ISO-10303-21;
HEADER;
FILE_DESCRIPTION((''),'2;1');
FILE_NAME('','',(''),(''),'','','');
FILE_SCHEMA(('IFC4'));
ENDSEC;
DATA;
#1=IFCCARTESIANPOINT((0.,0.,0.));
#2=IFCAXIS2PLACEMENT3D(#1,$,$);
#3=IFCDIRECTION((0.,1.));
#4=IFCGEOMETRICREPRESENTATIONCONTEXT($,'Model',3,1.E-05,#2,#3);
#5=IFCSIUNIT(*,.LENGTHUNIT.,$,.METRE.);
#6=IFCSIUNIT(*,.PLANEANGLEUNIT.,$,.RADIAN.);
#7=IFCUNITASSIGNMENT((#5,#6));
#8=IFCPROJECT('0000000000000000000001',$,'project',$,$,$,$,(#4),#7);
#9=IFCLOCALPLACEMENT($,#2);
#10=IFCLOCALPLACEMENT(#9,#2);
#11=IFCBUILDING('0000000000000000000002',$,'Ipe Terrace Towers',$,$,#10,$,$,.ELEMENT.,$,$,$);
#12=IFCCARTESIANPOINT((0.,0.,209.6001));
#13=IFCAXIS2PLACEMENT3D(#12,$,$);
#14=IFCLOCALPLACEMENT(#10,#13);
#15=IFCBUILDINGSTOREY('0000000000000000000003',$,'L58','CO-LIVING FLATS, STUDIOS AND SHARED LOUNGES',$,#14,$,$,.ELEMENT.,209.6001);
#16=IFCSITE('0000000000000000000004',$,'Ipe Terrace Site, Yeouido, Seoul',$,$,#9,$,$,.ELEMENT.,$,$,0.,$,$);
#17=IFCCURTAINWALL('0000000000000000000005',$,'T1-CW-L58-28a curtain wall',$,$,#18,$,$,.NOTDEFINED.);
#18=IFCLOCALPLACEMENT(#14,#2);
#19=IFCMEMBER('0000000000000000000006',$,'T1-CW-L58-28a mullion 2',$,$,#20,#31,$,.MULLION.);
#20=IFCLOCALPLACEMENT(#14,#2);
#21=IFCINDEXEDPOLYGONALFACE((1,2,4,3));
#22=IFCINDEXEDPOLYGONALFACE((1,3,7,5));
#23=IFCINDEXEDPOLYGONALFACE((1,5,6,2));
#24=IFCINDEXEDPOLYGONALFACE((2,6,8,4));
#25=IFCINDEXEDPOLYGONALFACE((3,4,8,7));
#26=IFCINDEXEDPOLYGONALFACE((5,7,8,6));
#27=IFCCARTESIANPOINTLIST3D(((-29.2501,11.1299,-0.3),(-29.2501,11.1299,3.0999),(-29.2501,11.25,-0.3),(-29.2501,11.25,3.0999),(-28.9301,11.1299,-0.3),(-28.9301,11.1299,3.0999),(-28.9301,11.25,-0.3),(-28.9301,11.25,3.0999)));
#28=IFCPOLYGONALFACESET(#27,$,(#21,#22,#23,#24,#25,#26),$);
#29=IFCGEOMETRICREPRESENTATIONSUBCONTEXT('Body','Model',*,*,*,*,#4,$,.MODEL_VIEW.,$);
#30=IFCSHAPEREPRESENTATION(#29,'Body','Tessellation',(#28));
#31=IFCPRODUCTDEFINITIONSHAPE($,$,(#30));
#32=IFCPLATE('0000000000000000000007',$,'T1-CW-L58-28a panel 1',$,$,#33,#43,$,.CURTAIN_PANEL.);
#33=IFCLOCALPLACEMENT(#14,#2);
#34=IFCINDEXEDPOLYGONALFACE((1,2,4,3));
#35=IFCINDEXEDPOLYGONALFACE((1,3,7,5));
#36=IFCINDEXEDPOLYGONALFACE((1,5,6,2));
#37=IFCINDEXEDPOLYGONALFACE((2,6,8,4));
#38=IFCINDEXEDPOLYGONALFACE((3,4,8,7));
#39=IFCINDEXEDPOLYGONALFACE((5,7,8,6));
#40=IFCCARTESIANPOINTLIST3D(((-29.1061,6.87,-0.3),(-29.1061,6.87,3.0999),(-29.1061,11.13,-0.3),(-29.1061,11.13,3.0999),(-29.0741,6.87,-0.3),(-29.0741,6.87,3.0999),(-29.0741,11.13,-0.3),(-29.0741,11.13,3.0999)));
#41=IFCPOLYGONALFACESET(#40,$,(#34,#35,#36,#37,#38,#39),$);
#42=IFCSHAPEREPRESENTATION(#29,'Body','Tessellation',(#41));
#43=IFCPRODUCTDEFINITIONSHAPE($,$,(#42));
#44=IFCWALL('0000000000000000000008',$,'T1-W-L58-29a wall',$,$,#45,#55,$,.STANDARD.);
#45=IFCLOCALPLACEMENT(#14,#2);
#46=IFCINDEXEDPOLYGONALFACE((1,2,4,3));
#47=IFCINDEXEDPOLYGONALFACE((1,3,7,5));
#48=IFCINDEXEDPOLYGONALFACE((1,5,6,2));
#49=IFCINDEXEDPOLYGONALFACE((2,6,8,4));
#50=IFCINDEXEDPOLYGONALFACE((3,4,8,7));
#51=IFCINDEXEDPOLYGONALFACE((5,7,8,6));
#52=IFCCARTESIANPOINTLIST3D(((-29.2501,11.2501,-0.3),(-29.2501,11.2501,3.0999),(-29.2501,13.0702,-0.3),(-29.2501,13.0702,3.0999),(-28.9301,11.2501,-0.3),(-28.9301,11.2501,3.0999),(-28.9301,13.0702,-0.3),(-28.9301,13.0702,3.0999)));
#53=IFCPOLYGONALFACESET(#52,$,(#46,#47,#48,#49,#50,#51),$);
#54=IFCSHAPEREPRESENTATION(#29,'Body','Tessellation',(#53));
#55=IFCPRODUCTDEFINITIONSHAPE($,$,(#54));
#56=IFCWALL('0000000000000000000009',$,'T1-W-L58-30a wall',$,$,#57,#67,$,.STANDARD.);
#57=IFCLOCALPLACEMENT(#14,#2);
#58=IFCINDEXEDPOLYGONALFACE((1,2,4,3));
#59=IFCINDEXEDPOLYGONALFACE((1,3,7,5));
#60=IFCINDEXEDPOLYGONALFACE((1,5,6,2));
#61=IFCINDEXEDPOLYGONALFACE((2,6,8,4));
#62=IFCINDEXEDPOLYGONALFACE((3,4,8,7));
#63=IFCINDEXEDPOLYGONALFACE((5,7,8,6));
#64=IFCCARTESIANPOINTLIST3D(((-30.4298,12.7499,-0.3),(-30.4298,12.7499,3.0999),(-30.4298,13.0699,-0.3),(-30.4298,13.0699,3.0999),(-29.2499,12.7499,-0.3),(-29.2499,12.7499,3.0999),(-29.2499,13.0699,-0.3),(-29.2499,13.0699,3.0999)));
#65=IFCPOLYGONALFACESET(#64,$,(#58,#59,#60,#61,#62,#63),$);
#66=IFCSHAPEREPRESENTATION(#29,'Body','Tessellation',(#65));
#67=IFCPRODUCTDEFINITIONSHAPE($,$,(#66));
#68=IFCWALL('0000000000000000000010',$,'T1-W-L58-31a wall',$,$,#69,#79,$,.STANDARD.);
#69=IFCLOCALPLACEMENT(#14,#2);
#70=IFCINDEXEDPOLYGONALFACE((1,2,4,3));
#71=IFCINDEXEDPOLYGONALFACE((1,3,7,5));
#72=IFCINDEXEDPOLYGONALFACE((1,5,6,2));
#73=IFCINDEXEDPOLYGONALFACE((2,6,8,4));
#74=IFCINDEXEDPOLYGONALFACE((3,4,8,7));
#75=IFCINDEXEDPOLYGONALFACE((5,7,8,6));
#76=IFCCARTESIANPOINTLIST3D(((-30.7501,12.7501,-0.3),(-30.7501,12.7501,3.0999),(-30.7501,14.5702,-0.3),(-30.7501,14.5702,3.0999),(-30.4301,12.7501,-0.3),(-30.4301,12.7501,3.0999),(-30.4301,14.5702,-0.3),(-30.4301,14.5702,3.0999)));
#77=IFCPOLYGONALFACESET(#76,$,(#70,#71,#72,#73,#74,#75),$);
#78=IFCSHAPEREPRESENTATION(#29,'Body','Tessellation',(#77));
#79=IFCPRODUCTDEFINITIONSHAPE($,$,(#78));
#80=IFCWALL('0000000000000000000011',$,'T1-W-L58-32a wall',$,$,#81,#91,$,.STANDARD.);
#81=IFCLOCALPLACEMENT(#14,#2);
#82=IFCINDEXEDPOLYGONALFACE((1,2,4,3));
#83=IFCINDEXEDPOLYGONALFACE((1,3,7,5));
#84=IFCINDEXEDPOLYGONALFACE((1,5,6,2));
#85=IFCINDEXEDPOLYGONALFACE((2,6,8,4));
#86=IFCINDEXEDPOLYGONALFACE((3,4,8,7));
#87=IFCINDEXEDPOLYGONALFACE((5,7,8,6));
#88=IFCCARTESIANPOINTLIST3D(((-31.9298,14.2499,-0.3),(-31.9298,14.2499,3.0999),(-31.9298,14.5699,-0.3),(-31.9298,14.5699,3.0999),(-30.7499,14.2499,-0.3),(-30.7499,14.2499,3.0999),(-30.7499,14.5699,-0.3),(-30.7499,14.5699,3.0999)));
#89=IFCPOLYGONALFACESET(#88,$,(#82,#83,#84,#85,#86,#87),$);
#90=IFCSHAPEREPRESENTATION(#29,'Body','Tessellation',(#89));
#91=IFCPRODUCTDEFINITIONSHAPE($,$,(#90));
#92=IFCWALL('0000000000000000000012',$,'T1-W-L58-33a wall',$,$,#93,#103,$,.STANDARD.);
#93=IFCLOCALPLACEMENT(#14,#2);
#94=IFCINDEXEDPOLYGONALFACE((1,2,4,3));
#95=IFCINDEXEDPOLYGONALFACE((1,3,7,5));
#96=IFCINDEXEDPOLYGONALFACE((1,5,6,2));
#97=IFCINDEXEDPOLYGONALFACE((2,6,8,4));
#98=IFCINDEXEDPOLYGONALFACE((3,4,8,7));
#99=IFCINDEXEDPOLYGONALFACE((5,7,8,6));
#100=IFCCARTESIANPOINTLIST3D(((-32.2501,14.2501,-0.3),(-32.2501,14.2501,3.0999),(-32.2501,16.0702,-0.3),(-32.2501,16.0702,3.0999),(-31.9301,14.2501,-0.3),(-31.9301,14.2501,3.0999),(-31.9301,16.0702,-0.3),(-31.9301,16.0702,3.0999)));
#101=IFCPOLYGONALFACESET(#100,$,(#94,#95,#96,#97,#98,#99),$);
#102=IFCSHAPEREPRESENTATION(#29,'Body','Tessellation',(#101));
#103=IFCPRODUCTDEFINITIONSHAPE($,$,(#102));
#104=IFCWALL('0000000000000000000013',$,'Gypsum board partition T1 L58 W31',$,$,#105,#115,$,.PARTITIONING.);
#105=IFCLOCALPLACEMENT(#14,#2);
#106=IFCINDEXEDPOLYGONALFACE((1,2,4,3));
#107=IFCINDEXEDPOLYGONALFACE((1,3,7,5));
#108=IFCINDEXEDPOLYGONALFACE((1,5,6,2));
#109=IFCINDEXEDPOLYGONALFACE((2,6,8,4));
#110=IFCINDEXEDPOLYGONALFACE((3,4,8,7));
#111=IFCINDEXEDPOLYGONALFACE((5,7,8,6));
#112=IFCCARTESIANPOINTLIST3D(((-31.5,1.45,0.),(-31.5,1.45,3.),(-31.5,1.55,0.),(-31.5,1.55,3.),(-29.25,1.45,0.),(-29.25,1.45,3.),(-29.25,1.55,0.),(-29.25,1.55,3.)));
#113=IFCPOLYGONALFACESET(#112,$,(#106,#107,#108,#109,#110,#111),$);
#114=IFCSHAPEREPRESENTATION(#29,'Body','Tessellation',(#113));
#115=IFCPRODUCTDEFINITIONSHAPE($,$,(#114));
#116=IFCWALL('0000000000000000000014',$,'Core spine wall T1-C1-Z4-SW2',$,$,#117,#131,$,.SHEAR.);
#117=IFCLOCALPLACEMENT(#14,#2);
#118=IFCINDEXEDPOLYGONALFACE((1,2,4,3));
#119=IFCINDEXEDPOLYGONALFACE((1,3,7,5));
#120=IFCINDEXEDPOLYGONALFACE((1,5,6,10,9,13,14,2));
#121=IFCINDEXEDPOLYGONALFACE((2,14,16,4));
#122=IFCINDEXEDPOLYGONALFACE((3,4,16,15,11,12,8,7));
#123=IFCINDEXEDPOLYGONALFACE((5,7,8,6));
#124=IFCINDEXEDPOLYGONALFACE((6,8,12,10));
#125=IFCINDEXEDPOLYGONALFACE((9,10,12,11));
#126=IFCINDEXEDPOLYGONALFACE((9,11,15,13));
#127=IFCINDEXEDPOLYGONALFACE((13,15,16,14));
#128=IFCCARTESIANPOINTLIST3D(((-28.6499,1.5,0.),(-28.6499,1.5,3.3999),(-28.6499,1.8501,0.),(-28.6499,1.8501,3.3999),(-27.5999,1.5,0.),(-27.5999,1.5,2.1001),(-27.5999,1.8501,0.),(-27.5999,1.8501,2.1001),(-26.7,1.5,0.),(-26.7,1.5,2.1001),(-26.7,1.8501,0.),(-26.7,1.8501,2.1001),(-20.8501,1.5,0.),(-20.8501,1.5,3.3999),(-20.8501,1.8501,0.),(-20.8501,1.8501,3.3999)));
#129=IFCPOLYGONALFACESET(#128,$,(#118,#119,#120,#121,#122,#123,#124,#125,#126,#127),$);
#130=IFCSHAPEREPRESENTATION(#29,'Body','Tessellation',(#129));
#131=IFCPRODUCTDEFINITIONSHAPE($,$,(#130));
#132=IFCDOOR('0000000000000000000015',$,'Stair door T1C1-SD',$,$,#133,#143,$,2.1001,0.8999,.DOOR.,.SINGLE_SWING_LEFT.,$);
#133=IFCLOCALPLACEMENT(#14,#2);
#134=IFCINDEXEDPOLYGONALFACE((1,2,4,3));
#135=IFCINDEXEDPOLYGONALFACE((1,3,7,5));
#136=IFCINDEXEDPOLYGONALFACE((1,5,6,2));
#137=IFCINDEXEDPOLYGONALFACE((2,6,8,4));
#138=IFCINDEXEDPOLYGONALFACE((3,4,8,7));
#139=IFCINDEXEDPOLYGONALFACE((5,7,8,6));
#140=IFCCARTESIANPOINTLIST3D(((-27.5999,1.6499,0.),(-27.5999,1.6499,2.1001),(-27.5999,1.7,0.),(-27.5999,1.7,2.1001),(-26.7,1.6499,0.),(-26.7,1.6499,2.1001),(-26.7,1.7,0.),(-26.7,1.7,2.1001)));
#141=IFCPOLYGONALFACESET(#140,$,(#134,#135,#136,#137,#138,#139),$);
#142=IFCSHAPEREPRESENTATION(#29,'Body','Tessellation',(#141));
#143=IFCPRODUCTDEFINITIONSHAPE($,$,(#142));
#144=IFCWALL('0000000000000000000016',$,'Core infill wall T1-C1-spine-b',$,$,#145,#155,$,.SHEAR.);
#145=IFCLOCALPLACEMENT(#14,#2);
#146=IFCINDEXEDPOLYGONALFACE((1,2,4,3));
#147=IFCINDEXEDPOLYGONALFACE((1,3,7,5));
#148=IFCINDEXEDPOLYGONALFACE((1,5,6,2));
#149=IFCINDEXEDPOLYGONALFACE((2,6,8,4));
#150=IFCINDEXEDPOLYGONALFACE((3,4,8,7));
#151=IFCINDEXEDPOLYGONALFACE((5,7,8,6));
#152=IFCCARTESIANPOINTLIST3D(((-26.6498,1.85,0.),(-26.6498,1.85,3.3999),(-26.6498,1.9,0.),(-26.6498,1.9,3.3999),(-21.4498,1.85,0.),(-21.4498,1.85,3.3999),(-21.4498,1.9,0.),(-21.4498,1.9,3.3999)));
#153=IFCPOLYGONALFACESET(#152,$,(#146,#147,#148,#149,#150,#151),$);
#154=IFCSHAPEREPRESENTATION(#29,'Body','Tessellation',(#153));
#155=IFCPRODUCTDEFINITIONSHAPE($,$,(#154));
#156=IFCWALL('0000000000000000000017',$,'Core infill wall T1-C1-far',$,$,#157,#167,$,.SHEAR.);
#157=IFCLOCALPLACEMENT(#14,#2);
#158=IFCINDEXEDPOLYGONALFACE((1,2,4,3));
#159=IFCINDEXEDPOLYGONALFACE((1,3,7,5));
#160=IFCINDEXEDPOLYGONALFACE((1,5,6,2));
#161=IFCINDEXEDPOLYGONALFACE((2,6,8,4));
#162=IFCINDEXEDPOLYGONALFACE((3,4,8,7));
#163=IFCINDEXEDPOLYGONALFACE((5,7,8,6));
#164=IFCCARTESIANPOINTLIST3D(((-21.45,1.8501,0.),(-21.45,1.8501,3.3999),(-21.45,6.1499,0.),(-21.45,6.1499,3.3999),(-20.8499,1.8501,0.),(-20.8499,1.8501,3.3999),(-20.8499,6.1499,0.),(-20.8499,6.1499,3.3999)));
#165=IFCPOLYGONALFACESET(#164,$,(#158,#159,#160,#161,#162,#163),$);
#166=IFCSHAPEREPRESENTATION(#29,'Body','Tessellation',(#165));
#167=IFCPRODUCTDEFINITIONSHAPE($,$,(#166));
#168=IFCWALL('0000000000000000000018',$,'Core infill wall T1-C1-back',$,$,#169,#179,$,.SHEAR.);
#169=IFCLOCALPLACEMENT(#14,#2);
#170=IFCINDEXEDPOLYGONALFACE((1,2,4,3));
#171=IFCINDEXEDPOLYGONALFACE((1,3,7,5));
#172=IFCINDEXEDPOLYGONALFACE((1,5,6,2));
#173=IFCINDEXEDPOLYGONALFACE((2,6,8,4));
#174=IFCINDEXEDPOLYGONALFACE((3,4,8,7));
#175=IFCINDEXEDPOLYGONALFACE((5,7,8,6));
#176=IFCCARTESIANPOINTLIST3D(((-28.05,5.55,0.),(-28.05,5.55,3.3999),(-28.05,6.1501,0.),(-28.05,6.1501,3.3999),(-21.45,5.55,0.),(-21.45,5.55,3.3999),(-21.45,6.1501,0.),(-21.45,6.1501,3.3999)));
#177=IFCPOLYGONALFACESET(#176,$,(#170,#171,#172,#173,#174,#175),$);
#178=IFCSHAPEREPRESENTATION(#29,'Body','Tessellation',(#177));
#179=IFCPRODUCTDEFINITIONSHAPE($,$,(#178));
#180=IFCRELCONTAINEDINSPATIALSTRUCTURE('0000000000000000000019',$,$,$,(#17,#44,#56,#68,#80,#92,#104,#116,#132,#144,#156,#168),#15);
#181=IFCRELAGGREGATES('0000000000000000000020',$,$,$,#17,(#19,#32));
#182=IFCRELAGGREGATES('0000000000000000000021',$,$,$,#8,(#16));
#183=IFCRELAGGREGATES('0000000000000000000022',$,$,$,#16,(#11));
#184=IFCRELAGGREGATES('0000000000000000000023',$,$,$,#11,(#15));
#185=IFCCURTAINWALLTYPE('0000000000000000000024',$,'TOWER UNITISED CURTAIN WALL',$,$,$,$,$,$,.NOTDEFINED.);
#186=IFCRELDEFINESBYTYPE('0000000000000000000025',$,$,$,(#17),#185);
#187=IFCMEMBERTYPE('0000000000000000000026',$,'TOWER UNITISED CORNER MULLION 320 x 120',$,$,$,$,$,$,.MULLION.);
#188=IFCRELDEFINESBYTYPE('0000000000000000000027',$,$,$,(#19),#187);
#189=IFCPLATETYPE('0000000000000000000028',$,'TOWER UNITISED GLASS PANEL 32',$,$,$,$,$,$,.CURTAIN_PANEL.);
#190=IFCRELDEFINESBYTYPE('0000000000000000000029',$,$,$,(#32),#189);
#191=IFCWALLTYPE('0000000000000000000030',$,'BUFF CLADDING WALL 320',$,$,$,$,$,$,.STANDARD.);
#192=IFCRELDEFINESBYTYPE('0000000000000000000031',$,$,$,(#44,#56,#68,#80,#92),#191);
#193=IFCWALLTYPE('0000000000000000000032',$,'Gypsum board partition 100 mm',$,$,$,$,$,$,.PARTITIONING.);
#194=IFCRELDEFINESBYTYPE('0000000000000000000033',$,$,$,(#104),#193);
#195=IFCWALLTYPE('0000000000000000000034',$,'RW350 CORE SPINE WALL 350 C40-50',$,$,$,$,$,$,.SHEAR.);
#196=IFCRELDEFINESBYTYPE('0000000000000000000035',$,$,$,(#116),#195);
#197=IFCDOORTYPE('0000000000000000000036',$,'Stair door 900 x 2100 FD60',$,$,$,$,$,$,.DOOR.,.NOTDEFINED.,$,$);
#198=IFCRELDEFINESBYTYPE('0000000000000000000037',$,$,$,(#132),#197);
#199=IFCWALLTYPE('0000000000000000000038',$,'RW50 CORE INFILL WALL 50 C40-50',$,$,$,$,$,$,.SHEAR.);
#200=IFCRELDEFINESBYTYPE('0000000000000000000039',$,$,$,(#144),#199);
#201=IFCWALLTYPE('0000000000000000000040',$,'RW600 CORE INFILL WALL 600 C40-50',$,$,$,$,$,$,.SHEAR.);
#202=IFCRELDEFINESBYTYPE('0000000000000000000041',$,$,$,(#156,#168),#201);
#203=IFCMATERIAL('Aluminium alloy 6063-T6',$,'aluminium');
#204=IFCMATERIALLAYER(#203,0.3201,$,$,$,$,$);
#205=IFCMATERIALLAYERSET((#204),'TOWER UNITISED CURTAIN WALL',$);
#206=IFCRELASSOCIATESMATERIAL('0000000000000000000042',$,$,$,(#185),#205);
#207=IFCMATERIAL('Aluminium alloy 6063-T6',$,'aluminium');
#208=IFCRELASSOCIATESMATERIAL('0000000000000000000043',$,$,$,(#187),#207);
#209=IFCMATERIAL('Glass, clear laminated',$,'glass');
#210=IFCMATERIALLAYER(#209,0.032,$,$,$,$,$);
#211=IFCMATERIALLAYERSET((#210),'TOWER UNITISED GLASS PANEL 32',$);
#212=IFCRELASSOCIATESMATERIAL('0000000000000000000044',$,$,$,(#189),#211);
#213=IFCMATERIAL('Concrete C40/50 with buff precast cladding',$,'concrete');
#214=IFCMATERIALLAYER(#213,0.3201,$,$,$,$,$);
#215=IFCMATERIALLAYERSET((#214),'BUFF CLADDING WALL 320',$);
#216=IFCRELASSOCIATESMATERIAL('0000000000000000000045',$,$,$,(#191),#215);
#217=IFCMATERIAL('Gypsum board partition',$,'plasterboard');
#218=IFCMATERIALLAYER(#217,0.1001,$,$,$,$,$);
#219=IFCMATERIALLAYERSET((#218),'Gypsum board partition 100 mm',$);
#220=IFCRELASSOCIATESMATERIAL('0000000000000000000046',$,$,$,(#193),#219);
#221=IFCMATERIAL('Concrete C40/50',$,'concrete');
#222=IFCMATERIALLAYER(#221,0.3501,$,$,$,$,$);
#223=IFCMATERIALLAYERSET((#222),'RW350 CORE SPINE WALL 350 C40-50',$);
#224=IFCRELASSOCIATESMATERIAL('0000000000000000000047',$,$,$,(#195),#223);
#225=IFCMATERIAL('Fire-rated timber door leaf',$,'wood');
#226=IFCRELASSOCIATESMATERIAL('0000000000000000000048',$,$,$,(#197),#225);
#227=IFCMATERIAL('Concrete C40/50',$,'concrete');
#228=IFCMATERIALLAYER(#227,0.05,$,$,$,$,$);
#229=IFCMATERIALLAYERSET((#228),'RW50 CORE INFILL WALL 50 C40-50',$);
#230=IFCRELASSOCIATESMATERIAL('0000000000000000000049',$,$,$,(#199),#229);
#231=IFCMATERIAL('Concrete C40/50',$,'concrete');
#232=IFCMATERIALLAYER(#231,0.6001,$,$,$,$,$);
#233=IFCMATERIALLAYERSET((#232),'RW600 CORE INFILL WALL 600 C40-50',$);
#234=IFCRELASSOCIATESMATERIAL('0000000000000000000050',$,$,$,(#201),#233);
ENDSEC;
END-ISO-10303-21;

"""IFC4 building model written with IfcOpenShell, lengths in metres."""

from ifc_helpers import new_model, si_unit, direction, frame, frame_2d, origin, origin_2d, place, context, subcontext, project, spatial, rectangle, extrude, material, layer, layer_set, material_profile, profile_set, type_object, element, fill, aggregate, save


model = new_model("IFC4")

# Units and contexts
model_context = context("Model", 3, precision=1e-05, world=origin(), true_north=direction((0.0, 1.0)))
body_context = subcontext(model_context, "Body", "Model", "MODEL_VIEW")
ifc_project = project(units=[si_unit("LENGTHUNIT", "METRE"), si_unit("PLANEANGLEUNIT", "RADIAN")], contexts=[model_context])

# Site, building, storey
site_placement = place(None, origin())
site = spatial("IfcSite", under=ifc_project, at=site_placement, Name="Ipe Terrace Site, Yeouido, Seoul", CompositionType="ELEMENT", RefElevation=0.0)
building_placement = place(site_placement, origin())
building = spatial("IfcBuilding", under=site, at=building_placement, Name="Ipe Terrace Towers", CompositionType="ELEMENT")
storey_placement = place(building_placement, frame((0.0, 0.0, 209.6001)))
storey = spatial("IfcBuildingStorey", under=building, at=storey_placement, Name="L58", Description="CO-LIVING FLATS, STUDIOS AND SHARED LOUNGES", CompositionType="ELEMENT", Elevation=209.6001)

# Curtain wall, member, plate
ifc_material_1 = material(Name="Aluminium alloy 6063-T6", Category="aluminium")
ifc_layer_1 = layer(ifc_material_1, 0.3201)
ifc_layer_set_1 = layer_set([ifc_layer_1], Name="TOWER UNITISED CURTAIN WALL")
curtain_wall_type = type_object("IfcCurtainWallType", Name="TOWER UNITISED CURTAIN WALL", PredefinedType="NOTDEFINED", material=ifc_layer_set_1)
curtain_wall_placement = place(storey_placement, origin())
curtain_wall = element("IfcCurtainWall", 1, at=curtain_wall_placement, inside=storey, type_object=curtain_wall_type, Name="T1-CW-L58-28a curtain wall", PredefinedType="NOTDEFINED")
ifc_material_2 = material(Name="Aluminium alloy 6063-T6", Category="aluminium")
ifc_material_profile_1 = material_profile(ifc_material_2, rectangle(XDim=0.3201, YDim=0.1201, at=origin_2d()), Name="TOWER UNITISED CORNER MULLION 320 x 120")
ifc_profile_set_1 = profile_set([ifc_material_profile_1], Name="Aluminium alloy 6063-T6")
member_type = type_object("IfcMemberType", Name="TOWER UNITISED CORNER MULLION 320 x 120", PredefinedType="MULLION", material=ifc_profile_set_1)
member_1_placement = place(storey_placement, frame((-29.0901, 11.1899, -0.3), z_axis=(0.0, 0.0, 1.0), x_axis=(1.0, 0.0, 0.0)))
member_1 = element("IfcMember", 2, at=member_1_placement, type_object=member_type, Name="T1-CW-L58-28a mullion 2", PredefinedType="MULLION", context=body_context, shape_type="SweptSolid", body=[
    extrude(rectangle(XDim=0.3201, YDim=0.1201, at=origin_2d()), origin(), (0.0, 0.0, 1.0), 3.3999),
])
ifc_material_3 = material(Name="Glass, clear laminated", Category="glass")
ifc_layer_2 = layer(ifc_material_3, 0.032)
ifc_layer_set_2 = layer_set([ifc_layer_2], Name="TOWER UNITISED GLASS PANEL 32")
plate_type = type_object("IfcPlateType", Name="TOWER UNITISED GLASS PANEL 32", PredefinedType="CURTAIN_PANEL", material=ifc_layer_set_2)
plate_placement = place(storey_placement, frame((-29.0901, 9.0, -0.3), z_axis=(0.0, 0.0, 1.0), x_axis=(0.0, 1.0, 0.0)))
plate = element("IfcPlate", 3, at=plate_placement, type_object=plate_type, Name="T1-CW-L58-28a panel 1", PredefinedType="CURTAIN_PANEL", context=body_context, shape_type="SweptSolid", body=[
    extrude(rectangle(XDim=4.26, YDim=0.032, at=origin_2d()), origin(), (0.0, 0.0, 1.0), 3.3999),
])
aggregate(curtain_wall, [member_1, plate])

# Walls
ifc_material_4 = material(Name="Concrete C40/50 with buff precast cladding", Category="concrete")
ifc_layer_3 = layer(ifc_material_4, 0.3201)
ifc_layer_set_3 = layer_set([ifc_layer_3], Name="BUFF CLADDING WALL 320")
wall_type_1 = type_object("IfcWallType", Name="BUFF CLADDING WALL 320", PredefinedType="STANDARD", material=ifc_layer_set_3)
wall_1_placement = place(storey_placement, frame((-29.0901, 11.25, -0.3), z_axis=(0.0, 0.0, 1.0), x_axis=(0.0, 1.0, 0.0)))
element("IfcWall", 4, at=wall_1_placement, inside=storey, type_object=wall_type_1, Name="T1-W-L58-29a wall", PredefinedType="STANDARD", context=body_context, shape_type="SweptSolid", body=[
    extrude(rectangle(XDim=1.8201, YDim=0.3201, at=frame_2d((0.9102, 0.0))), origin(), (0.0, 0.0, 1.0), 3.3999),
])
wall_2_placement = place(storey_placement, frame((-29.25, 12.9099, -0.3), z_axis=(0.0, 0.0, 1.0), x_axis=(-1.0, 0.0, 0.0)))
element("IfcWall", 5, at=wall_2_placement, inside=storey, type_object=wall_type_1, Name="T1-W-L58-30a wall", PredefinedType="STANDARD", context=body_context, shape_type="SweptSolid", body=[
    extrude(rectangle(XDim=1.1799, YDim=0.3201, at=frame_2d((0.5898, 0.0))), origin(), (0.0, 0.0, 1.0), 3.3999),
])
wall_3_placement = place(storey_placement, frame((-30.5901, 12.75, -0.3), z_axis=(0.0, 0.0, 1.0), x_axis=(0.0, 1.0, 0.0)))
element("IfcWall", 6, at=wall_3_placement, inside=storey, type_object=wall_type_1, Name="T1-W-L58-31a wall", PredefinedType="STANDARD", context=body_context, shape_type="SweptSolid", body=[
    extrude(rectangle(XDim=1.8201, YDim=0.3201, at=frame_2d((0.9102, 0.0))), origin(), (0.0, 0.0, 1.0), 3.3999),
])
wall_4_placement = place(storey_placement, frame((-30.75, 14.4099, -0.3), z_axis=(0.0, 0.0, 1.0), x_axis=(-1.0, 0.0, 0.0)))
element("IfcWall", 7, at=wall_4_placement, inside=storey, type_object=wall_type_1, Name="T1-W-L58-32a wall", PredefinedType="STANDARD", context=body_context, shape_type="SweptSolid", body=[
    extrude(rectangle(XDim=1.1799, YDim=0.3201, at=frame_2d((0.5898, 0.0))), origin(), (0.0, 0.0, 1.0), 3.3999),
])
wall_5_placement = place(storey_placement, frame((-32.0901, 14.25, -0.3), z_axis=(0.0, 0.0, 1.0), x_axis=(0.0, 1.0, 0.0)))
element("IfcWall", 8, at=wall_5_placement, inside=storey, type_object=wall_type_1, Name="T1-W-L58-33a wall", PredefinedType="STANDARD", context=body_context, shape_type="SweptSolid", body=[
    extrude(rectangle(XDim=1.8201, YDim=0.3201, at=frame_2d((0.9102, 0.0))), origin(), (0.0, 0.0, 1.0), 3.3999),
])
ifc_material_5 = material(Name="Gypsum board partition", Category="plasterboard")
ifc_layer_4 = layer(ifc_material_5, 0.1001)
ifc_layer_set_4 = layer_set([ifc_layer_4], Name="Gypsum board partition 100 mm")
wall_type_2 = type_object("IfcWallType", Name="Gypsum board partition 100 mm", PredefinedType="PARTITIONING", material=ifc_layer_set_4)
wall_6_placement = place(storey_placement, frame((-31.5, 1.5, 0.0), z_axis=(0.0, 0.0, 1.0), x_axis=(1.0, 0.0, 0.0)))
element("IfcWall", 9, at=wall_6_placement, inside=storey, type_object=wall_type_2, Name="Gypsum board partition T1 L58 W31", PredefinedType="PARTITIONING", context=body_context, shape_type="SweptSolid", body=[
    extrude(rectangle(XDim=2.25, YDim=0.1001, at=frame_2d((1.125, 0.0))), origin(), (0.0, 0.0, 1.0), 3.0),
])

# Wall, opening, door
ifc_material_6 = material(Name="Concrete C40/50", Category="concrete")
ifc_layer_5 = layer(ifc_material_6, 0.3501)
ifc_layer_set_5 = layer_set([ifc_layer_5], Name="RW350 CORE SPINE WALL 350 C40-50")
wall_type_3 = type_object("IfcWallType", Name="RW350 CORE SPINE WALL 350 C40-50", PredefinedType="SHEAR", material=ifc_layer_set_5)
wall_7_placement = place(storey_placement, frame((-28.6499, 1.675, 0.0), z_axis=(0.0, 0.0, 1.0), x_axis=(1.0, 0.0, 0.0)))
wall_7 = element("IfcWall", 10, at=wall_7_placement, inside=storey, type_object=wall_type_3, Name="Core spine wall T1-C1-Z4-SW2", PredefinedType="SHEAR", context=body_context, shape_type="SweptSolid", body=[
    extrude(rectangle(XDim=7.7998, YDim=0.3501, at=frame_2d((3.8999, 0.0))), origin(), (0.0, 0.0, 1.0), 3.3999),
])
opening_1_placement = place(wall_7_placement, frame((1.05, 0.0, 0.0)))
opening_1 = element("IfcOpeningElement", 11, at=opening_1_placement, cuts=wall_7, PredefinedType="OPENING", context=body_context, shape_type="SweptSolid", body=[
    extrude(rectangle(XDim=0.8999, YDim=2.1001, at=frame_2d((0.45, 1.05))), frame((0.0, 0.1851, 0.0), z_axis=(0.0, -1.0, 0.0), x_axis=(1.0, 0.0, 0.0)), (0.0, 0.0, 1.0), 0.3701),
])
ifc_material_7 = material(Name="Fire-rated timber door leaf", Category="wood")
door_type_1 = type_object("IfcDoorType", Name="Stair door 900 x 2100 FD60", OperationType="NOTDEFINED", PredefinedType="DOOR", material=ifc_material_7)
door_1_placement = place(opening_1_placement, origin())
door_1 = element("IfcDoor", 12, at=door_1_placement, inside=storey, type_object=door_type_1, Name="Stair door T1C1-SD", OperationType="SINGLE_SWING_LEFT", OverallHeight=2.1001, OverallWidth=0.8999, PredefinedType="DOOR", context=body_context, shape_type="SweptSolid", body=[
    extrude(rectangle(XDim=0.8999, YDim=2.1001, at=frame_2d((0.45, 1.05))), frame((0.0, 0.0249, 0.0), z_axis=(0.0, -1.0, 0.0), x_axis=(1.0, 0.0, 0.0)), (0.0, 0.0, 1.0), 0.05),
])
fill(opening_1, door_1)

# Walls
ifc_material_8 = material(Name="Concrete C40/50", Category="concrete")
ifc_layer_6 = layer(ifc_material_8, 0.05)
ifc_layer_set_6 = layer_set([ifc_layer_6], Name="RW50 CORE INFILL WALL 50 C40-50")
wall_type_4 = type_object("IfcWallType", Name="RW50 CORE INFILL WALL 50 C40-50", PredefinedType="SHEAR", material=ifc_layer_set_6)
wall_8_placement = place(storey_placement, frame((-26.6499, 1.875, 0.0), z_axis=(0.0, 0.0, 1.0), x_axis=(1.0, 0.0, 0.0)))
element("IfcWall", 13, at=wall_8_placement, inside=storey, type_object=wall_type_4, Name="Core infill wall T1-C1-spine-b", PredefinedType="SHEAR", context=body_context, shape_type="SweptSolid", body=[
    extrude(rectangle(XDim=5.2, YDim=0.05, at=frame_2d((2.6001, 0.0))), origin(), (0.0, 0.0, 1.0), 3.3999),
])
ifc_material_9 = material(Name="Concrete C40/50", Category="concrete")
ifc_layer_7 = layer(ifc_material_9, 0.6001)
ifc_layer_set_7 = layer_set([ifc_layer_7], Name="RW600 CORE INFILL WALL 600 C40-50")
wall_type_5 = type_object("IfcWallType", Name="RW600 CORE INFILL WALL 600 C40-50", PredefinedType="SHEAR", material=ifc_layer_set_7)
wall_9_placement = place(storey_placement, frame((-21.1499, 1.8501, 0.0), z_axis=(0.0, 0.0, 1.0), x_axis=(0.0, 1.0, 0.0)))
element("IfcWall", 14, at=wall_9_placement, inside=storey, type_object=wall_type_5, Name="Core infill wall T1-C1-far", PredefinedType="SHEAR", context=body_context, shape_type="SweptSolid", body=[
    extrude(rectangle(XDim=4.2998, YDim=0.6001, at=frame_2d((2.1499, 0.0))), origin(), (0.0, 0.0, 1.0), 3.3999),
])
wall_10_placement = place(storey_placement, frame((-28.05, 5.8501, 0.0), z_axis=(0.0, 0.0, 1.0), x_axis=(1.0, 0.0, 0.0)))
element("IfcWall", 15, at=wall_10_placement, inside=storey, type_object=wall_type_5, Name="Core infill wall T1-C1-back", PredefinedType="SHEAR", context=body_context, shape_type="SweptSolid", body=[
    extrude(rectangle(XDim=6.6001, YDim=0.6001, at=frame_2d((3.3, 0.0))), origin(), (0.0, 0.0, 1.0), 3.3999),
])

save(model, "model.ifc")
